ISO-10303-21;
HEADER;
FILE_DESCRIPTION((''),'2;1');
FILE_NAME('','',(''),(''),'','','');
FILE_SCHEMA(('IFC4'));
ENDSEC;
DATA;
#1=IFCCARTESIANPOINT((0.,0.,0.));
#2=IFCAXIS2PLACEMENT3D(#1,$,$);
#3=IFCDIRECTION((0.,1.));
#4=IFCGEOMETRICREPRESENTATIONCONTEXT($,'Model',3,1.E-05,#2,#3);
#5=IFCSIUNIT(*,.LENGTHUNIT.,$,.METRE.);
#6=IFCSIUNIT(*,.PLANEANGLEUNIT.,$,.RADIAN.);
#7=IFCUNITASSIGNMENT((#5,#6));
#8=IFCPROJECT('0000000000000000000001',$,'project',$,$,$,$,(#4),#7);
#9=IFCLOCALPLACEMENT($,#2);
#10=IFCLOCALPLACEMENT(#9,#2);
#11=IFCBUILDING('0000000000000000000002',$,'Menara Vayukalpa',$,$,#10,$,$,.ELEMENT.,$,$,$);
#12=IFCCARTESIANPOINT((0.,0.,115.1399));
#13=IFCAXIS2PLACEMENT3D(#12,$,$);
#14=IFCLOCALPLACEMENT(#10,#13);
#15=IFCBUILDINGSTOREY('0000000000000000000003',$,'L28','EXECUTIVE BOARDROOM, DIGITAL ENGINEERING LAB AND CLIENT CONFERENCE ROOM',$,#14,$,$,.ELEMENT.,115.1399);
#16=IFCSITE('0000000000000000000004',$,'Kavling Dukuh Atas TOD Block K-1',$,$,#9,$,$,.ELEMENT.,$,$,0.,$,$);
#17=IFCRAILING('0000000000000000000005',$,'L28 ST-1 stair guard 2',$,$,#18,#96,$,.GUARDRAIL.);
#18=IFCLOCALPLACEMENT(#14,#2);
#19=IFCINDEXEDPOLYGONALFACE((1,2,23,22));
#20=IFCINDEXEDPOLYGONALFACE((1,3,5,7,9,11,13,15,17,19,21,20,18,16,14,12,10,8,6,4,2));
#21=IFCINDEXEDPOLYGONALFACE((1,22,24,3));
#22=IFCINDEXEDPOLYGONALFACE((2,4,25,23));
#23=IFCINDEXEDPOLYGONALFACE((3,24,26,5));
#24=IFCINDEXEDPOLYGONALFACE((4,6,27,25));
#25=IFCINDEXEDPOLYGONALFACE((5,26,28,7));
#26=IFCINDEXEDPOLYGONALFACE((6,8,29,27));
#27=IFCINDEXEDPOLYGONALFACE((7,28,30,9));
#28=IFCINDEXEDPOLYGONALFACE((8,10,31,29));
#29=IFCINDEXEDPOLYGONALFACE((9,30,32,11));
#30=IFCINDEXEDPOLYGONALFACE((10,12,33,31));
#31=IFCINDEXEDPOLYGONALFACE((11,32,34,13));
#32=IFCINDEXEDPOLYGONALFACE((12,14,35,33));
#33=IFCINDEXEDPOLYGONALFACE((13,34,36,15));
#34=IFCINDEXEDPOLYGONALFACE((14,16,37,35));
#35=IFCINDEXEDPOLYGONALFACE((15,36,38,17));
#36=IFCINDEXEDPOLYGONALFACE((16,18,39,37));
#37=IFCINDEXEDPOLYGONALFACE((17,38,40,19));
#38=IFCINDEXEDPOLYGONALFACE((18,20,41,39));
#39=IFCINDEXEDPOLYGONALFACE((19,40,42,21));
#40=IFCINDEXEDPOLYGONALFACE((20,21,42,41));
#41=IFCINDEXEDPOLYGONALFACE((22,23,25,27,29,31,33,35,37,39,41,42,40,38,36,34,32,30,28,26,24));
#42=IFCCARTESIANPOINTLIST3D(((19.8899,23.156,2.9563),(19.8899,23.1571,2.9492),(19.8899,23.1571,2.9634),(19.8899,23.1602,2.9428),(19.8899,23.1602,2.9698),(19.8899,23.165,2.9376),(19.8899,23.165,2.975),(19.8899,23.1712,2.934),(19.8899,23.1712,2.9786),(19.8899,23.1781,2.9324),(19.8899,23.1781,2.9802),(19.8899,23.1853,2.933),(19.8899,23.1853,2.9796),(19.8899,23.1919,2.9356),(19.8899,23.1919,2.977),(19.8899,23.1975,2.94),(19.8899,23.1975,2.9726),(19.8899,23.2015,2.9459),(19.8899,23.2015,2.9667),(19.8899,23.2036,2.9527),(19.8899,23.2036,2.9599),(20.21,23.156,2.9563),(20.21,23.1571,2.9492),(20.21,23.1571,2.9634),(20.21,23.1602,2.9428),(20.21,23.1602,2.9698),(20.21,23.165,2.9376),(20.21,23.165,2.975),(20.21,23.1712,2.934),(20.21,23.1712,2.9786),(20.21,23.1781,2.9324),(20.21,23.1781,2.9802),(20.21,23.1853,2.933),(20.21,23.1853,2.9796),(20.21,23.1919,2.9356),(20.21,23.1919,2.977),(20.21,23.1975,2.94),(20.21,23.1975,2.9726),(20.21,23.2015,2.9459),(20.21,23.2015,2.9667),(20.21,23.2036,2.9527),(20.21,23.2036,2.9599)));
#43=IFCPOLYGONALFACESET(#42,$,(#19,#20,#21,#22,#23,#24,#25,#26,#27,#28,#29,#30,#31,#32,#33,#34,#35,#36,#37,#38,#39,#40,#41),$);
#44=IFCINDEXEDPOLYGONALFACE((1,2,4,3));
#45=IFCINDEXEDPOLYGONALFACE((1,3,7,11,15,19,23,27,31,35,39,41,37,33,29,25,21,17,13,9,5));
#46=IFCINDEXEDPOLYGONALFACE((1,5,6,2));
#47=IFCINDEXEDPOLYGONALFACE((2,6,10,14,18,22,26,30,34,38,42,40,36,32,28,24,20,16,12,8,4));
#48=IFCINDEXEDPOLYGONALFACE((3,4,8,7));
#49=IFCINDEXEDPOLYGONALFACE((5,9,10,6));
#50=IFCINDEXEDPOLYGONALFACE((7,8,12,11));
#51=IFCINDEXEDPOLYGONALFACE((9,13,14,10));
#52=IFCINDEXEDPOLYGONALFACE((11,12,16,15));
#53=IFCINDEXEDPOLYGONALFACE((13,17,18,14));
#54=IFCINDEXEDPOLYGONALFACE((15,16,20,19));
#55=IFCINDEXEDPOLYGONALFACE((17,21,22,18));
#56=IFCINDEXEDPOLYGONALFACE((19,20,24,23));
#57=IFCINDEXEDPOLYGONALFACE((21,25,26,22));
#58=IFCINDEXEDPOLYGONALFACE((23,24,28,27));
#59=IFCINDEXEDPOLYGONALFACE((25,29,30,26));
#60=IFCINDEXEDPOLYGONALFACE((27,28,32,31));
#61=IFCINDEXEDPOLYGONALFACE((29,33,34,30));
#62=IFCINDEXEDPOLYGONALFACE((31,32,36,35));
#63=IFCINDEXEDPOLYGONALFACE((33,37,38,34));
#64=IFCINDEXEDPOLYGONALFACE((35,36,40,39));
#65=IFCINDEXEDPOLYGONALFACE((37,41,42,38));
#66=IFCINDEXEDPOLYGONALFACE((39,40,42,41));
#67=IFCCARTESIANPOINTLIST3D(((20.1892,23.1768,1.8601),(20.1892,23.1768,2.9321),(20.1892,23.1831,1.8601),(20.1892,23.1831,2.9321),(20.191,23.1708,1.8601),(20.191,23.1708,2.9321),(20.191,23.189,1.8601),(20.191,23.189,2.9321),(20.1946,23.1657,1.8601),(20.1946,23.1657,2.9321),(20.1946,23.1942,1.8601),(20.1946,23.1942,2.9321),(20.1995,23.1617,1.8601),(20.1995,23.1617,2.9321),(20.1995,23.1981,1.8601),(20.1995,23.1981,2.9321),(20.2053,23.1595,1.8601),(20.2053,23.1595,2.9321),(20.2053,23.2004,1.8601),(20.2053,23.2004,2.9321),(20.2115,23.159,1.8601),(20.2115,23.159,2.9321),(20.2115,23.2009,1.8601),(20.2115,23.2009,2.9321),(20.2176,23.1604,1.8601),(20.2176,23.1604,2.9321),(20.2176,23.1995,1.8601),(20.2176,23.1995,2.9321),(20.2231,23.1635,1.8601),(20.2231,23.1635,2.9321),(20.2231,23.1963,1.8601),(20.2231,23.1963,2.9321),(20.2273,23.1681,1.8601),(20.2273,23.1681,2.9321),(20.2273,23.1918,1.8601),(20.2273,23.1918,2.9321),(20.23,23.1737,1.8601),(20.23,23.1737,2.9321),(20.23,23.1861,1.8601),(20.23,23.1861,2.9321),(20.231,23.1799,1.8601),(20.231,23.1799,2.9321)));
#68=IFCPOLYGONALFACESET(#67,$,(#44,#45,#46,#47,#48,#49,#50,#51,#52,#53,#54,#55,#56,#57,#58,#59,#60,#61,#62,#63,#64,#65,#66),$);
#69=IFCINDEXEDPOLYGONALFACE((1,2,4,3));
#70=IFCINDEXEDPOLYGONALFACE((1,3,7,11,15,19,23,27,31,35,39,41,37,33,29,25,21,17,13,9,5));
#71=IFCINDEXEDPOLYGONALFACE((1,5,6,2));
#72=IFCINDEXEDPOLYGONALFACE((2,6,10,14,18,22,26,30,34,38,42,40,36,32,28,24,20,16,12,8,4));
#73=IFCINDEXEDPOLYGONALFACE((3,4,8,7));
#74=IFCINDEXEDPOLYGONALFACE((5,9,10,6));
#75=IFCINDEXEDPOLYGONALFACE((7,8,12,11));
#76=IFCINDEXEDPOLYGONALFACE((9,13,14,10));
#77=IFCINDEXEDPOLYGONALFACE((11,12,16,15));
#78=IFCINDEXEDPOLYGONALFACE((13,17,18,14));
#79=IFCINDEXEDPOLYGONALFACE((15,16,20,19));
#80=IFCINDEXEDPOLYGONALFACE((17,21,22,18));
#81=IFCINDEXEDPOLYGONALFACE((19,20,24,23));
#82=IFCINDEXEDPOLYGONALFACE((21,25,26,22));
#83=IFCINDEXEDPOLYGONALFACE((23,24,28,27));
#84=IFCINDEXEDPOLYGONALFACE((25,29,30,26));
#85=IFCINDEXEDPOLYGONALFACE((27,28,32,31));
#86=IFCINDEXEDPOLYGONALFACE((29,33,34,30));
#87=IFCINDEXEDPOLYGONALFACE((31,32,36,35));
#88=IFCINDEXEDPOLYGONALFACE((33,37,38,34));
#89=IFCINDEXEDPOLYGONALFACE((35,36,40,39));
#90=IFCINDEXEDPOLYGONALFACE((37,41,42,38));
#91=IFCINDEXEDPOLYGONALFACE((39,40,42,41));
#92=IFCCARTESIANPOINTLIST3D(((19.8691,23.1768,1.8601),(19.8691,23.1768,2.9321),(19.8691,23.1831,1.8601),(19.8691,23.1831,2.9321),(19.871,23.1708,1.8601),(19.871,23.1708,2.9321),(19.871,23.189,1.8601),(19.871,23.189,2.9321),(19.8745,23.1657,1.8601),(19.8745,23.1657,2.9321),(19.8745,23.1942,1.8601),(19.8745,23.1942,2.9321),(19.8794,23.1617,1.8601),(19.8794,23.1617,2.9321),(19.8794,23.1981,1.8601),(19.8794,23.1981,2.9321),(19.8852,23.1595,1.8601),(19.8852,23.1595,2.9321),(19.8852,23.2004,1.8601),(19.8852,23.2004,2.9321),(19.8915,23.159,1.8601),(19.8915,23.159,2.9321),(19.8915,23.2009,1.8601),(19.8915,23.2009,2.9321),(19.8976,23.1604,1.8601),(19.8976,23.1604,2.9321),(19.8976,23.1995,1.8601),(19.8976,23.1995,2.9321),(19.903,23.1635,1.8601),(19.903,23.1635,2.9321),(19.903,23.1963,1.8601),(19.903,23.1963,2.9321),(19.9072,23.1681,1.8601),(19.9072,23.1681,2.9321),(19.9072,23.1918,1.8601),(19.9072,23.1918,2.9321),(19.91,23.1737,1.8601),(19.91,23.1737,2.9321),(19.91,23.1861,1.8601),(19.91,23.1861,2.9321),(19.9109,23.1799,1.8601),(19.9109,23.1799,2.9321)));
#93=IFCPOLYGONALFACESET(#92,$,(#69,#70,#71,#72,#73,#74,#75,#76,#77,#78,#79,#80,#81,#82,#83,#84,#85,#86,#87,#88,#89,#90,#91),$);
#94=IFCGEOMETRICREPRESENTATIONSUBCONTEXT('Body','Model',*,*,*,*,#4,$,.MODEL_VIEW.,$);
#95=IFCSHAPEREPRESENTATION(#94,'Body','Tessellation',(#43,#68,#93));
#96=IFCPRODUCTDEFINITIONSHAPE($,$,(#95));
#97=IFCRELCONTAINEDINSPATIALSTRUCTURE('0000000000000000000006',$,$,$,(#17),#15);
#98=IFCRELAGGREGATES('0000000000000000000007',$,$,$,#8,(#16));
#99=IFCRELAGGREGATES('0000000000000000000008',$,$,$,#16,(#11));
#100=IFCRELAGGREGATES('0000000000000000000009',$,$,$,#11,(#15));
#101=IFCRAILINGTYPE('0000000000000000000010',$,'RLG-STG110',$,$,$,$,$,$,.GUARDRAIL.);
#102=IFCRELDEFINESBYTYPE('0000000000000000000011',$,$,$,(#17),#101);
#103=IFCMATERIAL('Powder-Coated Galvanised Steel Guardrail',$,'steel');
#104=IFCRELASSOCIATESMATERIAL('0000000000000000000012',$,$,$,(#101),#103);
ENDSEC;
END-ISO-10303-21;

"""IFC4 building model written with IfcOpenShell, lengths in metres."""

from ifc_helpers import new_model, si_unit, direction, frame, origin, origin_2d, place, context, subcontext, project, spatial, circle, extrude, material, type_object, element, save


model = new_model("IFC4")

# Units and contexts
model_context = context("Model", 3, precision=1e-05, world=origin(), true_north=direction((0.0, 1.0)))
body_context = subcontext(model_context, "Body", "Model", "MODEL_VIEW")
ifc_project = project(units=[si_unit("LENGTHUNIT", "METRE"), si_unit("PLANEANGLEUNIT", "RADIAN")], contexts=[model_context])

# Site, building, storey
site_placement = place(None, origin())
site = spatial("IfcSite", under=ifc_project, at=site_placement, Name="Kavling Dukuh Atas TOD Block K-1", CompositionType="ELEMENT", RefElevation=0.0)
building_placement = place(site_placement, origin())
building = spatial("IfcBuilding", under=site, at=building_placement, Name="Menara Vayukalpa", CompositionType="ELEMENT")
storey_placement = place(building_placement, frame((0.0, 0.0, 115.1399)))
storey = spatial("IfcBuildingStorey", under=building, at=storey_placement, Name="L28", Description="EXECUTIVE BOARDROOM, DIGITAL ENGINEERING LAB AND CLIENT CONFERENCE ROOM", CompositionType="ELEMENT", Elevation=115.1399)

# Railing
ifc_material_1 = material(Name="Powder-Coated Galvanised Steel Guardrail", Category="steel")
railing_type_1 = type_object("IfcRailingType", Name="RLG-STG110", PredefinedType="GUARDRAIL", material=ifc_material_1)
railing_1_placement = place(storey_placement, frame((20.21, 23.1799, 1.8601)))
element("IfcRailing", 1, at=railing_1_placement, inside=storey, type_object=railing_type_1, Name="L28 ST-1 stair guard 2", PredefinedType="GUARDRAIL", context=body_context, shape_type="SweptSolid", body=[
    extrude(circle(Radius=0.0239, at=origin_2d()), frame((0.0, 0.0, 1.0962), z_axis=(-1.0, 0.0, 0.0), x_axis=(0.0, -1.0, 0.0)), (0.0, 0.0, 1.0), 0.3201),
    extrude(circle(Radius=0.021, at=origin_2d()), origin(), (0.0, 0.0, 1.0), 1.072),
    extrude(circle(Radius=0.021, at=origin_2d()), frame((-0.3201, 0.0, 0.0)), (0.0, 0.0, 1.0), 1.072),
])

save(model, "model.ifc")
